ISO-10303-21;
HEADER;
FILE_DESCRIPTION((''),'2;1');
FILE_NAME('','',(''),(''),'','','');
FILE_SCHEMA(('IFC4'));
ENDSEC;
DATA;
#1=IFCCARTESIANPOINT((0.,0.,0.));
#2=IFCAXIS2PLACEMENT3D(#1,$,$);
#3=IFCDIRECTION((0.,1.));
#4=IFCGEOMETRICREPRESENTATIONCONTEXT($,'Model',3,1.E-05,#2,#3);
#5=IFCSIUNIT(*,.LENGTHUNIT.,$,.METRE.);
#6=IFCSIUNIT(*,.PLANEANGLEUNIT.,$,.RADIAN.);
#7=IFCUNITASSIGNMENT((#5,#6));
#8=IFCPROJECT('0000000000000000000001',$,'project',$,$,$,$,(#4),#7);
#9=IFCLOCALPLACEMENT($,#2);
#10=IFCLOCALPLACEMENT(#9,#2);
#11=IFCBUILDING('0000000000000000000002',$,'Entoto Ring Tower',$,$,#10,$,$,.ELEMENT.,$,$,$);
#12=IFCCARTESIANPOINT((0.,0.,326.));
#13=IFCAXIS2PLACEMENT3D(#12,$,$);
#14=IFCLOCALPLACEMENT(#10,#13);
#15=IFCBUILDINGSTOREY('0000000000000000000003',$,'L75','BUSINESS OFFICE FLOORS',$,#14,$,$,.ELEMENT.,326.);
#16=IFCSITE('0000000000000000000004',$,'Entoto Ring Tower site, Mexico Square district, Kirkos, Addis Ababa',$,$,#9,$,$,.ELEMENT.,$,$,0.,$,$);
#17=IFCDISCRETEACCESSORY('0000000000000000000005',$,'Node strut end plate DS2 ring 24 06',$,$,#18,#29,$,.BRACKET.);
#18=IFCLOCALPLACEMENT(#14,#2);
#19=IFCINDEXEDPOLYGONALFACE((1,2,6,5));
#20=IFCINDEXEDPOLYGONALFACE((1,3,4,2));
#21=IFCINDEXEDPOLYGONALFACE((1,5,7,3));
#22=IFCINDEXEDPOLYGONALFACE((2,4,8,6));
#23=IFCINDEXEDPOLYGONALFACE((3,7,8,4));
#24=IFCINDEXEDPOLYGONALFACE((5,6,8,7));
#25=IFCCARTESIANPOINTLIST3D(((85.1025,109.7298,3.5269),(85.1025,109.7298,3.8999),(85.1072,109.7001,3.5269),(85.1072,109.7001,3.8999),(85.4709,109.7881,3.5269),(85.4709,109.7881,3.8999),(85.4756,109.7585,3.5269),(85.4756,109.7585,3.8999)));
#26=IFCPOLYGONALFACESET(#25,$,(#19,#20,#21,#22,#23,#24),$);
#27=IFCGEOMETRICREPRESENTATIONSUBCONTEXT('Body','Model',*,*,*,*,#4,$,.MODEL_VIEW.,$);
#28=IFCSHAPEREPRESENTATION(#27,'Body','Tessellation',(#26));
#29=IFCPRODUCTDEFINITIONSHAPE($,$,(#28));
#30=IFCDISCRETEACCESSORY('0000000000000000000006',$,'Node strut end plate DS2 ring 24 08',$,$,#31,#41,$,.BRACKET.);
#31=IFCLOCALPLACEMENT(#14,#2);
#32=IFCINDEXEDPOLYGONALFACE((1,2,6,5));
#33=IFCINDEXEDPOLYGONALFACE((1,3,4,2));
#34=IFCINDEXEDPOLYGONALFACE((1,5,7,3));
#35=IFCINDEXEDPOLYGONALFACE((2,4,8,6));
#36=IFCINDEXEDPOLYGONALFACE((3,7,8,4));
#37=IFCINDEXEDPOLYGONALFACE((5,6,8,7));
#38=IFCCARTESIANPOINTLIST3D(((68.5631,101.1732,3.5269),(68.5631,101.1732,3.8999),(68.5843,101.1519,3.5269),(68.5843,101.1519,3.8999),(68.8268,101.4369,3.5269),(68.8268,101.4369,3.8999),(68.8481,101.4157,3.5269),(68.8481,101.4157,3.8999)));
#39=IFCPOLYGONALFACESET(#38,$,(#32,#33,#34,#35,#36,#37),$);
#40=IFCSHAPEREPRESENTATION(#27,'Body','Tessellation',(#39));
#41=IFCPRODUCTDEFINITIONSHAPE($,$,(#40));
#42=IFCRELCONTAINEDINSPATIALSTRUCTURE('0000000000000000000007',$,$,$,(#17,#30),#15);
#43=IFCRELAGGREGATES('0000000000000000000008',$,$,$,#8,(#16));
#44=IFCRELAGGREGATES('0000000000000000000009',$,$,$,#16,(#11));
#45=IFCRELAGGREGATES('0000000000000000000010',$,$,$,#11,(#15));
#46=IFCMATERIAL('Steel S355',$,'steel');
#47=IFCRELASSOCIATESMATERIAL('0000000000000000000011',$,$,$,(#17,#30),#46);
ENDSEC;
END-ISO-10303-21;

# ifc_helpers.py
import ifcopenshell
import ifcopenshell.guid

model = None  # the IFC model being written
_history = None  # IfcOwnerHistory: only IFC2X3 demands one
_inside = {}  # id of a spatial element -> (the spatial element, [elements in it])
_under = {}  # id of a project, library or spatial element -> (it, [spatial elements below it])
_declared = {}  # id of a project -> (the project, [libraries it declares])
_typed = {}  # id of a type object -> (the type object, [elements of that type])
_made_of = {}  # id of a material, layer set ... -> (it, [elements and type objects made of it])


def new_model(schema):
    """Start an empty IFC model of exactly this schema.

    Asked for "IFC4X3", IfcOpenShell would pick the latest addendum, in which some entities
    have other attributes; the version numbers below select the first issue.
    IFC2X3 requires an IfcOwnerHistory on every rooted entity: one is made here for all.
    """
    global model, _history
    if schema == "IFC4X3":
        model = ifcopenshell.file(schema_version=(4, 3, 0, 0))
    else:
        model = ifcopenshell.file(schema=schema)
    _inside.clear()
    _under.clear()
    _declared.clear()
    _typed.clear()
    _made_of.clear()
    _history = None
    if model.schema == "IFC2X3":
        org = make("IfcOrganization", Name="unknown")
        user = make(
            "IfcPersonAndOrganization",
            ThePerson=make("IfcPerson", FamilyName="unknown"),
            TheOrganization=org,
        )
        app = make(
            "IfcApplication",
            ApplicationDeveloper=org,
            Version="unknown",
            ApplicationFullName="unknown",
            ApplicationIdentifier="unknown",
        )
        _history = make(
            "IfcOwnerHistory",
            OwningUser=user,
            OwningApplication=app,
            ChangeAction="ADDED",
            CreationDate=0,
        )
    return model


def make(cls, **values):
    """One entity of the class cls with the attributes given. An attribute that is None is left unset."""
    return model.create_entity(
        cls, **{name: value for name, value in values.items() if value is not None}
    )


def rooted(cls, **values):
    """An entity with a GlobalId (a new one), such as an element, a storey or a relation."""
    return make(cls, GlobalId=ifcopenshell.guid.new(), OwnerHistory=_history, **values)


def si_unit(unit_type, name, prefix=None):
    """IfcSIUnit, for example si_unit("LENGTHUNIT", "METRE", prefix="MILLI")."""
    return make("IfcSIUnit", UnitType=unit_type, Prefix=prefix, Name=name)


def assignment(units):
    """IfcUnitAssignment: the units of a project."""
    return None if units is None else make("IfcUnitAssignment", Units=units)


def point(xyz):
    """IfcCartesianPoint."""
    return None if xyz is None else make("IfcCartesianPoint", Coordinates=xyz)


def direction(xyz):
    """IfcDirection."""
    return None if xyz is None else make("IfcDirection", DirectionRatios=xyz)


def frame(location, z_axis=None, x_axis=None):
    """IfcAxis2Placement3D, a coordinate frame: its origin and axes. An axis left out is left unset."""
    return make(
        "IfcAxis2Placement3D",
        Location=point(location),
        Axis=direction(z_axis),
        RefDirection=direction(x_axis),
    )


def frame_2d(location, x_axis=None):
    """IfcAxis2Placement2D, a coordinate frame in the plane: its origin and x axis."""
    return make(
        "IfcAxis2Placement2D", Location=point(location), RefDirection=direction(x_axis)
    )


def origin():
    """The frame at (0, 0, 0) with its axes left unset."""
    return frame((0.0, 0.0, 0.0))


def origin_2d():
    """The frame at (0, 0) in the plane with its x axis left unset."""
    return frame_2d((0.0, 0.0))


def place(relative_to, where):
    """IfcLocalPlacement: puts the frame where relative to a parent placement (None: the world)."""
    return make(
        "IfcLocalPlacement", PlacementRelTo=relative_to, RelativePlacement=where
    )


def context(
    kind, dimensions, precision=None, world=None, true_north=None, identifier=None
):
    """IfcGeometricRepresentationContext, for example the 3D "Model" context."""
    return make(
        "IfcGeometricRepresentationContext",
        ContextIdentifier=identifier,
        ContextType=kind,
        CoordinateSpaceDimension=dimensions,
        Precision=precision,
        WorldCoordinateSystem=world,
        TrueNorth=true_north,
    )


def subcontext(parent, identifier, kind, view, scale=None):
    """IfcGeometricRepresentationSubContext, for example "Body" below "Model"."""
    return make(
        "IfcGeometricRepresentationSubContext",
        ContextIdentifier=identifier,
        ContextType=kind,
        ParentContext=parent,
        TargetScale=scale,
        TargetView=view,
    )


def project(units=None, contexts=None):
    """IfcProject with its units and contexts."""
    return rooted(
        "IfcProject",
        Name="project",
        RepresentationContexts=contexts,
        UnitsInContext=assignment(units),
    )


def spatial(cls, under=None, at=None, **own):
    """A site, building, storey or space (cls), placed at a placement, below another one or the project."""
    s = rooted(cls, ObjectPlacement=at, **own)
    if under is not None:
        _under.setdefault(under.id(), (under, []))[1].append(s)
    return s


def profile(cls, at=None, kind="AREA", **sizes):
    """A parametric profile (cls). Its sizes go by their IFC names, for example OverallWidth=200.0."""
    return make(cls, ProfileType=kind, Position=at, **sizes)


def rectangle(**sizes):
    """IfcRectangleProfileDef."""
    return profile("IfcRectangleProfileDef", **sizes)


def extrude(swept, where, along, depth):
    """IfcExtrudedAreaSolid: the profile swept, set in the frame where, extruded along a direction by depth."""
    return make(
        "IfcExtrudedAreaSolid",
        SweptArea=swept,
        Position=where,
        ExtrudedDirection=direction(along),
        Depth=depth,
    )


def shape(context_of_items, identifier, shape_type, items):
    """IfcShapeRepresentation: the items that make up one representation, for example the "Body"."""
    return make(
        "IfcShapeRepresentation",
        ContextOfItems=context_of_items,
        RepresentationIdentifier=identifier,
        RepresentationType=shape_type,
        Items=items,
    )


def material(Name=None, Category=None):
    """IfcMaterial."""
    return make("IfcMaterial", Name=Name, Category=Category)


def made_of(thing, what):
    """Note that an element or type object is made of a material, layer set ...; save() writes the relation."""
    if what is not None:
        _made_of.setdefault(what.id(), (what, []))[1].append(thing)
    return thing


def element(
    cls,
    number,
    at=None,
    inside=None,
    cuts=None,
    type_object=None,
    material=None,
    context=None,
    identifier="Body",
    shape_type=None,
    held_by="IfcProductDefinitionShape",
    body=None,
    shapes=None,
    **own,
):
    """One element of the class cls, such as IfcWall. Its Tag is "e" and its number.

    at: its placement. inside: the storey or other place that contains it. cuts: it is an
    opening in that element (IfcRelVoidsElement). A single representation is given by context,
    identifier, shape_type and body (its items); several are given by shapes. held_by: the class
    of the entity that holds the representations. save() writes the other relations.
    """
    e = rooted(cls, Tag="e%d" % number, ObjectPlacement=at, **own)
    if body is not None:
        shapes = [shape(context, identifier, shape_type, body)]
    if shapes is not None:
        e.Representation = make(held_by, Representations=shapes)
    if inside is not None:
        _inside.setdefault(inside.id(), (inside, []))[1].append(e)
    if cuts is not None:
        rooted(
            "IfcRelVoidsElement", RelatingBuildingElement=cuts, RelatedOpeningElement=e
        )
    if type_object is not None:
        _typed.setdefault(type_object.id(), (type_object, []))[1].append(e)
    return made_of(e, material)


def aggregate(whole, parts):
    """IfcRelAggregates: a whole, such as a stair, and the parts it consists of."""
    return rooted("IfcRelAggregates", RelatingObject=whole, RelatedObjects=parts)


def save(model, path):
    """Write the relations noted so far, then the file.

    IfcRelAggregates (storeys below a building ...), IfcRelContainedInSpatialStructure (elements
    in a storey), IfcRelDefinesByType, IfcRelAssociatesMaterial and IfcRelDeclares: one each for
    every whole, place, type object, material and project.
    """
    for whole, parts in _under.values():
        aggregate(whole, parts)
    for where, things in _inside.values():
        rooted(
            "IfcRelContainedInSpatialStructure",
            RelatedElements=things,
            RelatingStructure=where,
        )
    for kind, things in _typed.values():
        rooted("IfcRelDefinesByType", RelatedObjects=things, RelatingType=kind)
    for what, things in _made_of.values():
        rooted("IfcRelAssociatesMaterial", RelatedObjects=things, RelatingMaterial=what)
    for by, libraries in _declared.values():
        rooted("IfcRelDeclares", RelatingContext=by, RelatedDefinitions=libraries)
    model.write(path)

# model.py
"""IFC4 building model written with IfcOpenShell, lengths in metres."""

from ifc_helpers import new_model, si_unit, direction, frame, origin, origin_2d, place, context, subcontext, project, spatial, rectangle, extrude, material, element, save


model = new_model("IFC4")

# Units and contexts
model_context = context("Model", 3, precision=1e-05, world=origin(), true_north=direction((0.0, 1.0)))
body_context = subcontext(model_context, "Body", "Model", "MODEL_VIEW")
ifc_project = project(units=[si_unit("LENGTHUNIT", "METRE"), si_unit("PLANEANGLEUNIT", "RADIAN")], contexts=[model_context])

# Site, building, storey
site_placement = place(None, origin())
site = spatial("IfcSite", under=ifc_project, at=site_placement, Name="Entoto Ring Tower site, Mexico Square district, Kirkos, Addis Ababa", CompositionType="ELEMENT", RefElevation=0.0)
building_placement = place(site_placement, origin())
building = spatial("IfcBuilding", under=site, at=building_placement, Name="Entoto Ring Tower", CompositionType="ELEMENT")
storey_placement = place(building_placement, frame((0.0, 0.0, 326.0)))
storey = spatial("IfcBuildingStorey", under=building, at=storey_placement, Name="L75", Description="BUSINESS OFFICE FLOORS", CompositionType="ELEMENT", Elevation=326.0)

# Discrete accessories
ifc_material_1 = material(Name="Steel S355", Category="steel")
for number, where, z_axis, x_axis, name in (
    (1, (85.2891, 109.7441, 3.5269), (0.0, 0.0, 1.0), (-0.156434, 0.987688, 0.0), "Node strut end plate DS2 ring 24 06"),
    (2, (68.7056, 101.2944, 3.5269), (0.0, 0.0, 1.0), (-0.707107, 0.707107, 0.0), "Node strut end plate DS2 ring 24 08"),
):
    element("IfcDiscreteAccessory", number, at=place(storey_placement, frame(where, z_axis=z_axis, x_axis=x_axis)), inside=storey, material=ifc_material_1, Name=name, PredefinedType="BRACKET", context=body_context, shape_type="SweptSolid", body=[
        extrude(rectangle(XDim=0.03, YDim=0.373, at=origin_2d()), origin(), (0.0, 0.0, 1.0), 0.373),
    ])

save(model, "model.ifc")
